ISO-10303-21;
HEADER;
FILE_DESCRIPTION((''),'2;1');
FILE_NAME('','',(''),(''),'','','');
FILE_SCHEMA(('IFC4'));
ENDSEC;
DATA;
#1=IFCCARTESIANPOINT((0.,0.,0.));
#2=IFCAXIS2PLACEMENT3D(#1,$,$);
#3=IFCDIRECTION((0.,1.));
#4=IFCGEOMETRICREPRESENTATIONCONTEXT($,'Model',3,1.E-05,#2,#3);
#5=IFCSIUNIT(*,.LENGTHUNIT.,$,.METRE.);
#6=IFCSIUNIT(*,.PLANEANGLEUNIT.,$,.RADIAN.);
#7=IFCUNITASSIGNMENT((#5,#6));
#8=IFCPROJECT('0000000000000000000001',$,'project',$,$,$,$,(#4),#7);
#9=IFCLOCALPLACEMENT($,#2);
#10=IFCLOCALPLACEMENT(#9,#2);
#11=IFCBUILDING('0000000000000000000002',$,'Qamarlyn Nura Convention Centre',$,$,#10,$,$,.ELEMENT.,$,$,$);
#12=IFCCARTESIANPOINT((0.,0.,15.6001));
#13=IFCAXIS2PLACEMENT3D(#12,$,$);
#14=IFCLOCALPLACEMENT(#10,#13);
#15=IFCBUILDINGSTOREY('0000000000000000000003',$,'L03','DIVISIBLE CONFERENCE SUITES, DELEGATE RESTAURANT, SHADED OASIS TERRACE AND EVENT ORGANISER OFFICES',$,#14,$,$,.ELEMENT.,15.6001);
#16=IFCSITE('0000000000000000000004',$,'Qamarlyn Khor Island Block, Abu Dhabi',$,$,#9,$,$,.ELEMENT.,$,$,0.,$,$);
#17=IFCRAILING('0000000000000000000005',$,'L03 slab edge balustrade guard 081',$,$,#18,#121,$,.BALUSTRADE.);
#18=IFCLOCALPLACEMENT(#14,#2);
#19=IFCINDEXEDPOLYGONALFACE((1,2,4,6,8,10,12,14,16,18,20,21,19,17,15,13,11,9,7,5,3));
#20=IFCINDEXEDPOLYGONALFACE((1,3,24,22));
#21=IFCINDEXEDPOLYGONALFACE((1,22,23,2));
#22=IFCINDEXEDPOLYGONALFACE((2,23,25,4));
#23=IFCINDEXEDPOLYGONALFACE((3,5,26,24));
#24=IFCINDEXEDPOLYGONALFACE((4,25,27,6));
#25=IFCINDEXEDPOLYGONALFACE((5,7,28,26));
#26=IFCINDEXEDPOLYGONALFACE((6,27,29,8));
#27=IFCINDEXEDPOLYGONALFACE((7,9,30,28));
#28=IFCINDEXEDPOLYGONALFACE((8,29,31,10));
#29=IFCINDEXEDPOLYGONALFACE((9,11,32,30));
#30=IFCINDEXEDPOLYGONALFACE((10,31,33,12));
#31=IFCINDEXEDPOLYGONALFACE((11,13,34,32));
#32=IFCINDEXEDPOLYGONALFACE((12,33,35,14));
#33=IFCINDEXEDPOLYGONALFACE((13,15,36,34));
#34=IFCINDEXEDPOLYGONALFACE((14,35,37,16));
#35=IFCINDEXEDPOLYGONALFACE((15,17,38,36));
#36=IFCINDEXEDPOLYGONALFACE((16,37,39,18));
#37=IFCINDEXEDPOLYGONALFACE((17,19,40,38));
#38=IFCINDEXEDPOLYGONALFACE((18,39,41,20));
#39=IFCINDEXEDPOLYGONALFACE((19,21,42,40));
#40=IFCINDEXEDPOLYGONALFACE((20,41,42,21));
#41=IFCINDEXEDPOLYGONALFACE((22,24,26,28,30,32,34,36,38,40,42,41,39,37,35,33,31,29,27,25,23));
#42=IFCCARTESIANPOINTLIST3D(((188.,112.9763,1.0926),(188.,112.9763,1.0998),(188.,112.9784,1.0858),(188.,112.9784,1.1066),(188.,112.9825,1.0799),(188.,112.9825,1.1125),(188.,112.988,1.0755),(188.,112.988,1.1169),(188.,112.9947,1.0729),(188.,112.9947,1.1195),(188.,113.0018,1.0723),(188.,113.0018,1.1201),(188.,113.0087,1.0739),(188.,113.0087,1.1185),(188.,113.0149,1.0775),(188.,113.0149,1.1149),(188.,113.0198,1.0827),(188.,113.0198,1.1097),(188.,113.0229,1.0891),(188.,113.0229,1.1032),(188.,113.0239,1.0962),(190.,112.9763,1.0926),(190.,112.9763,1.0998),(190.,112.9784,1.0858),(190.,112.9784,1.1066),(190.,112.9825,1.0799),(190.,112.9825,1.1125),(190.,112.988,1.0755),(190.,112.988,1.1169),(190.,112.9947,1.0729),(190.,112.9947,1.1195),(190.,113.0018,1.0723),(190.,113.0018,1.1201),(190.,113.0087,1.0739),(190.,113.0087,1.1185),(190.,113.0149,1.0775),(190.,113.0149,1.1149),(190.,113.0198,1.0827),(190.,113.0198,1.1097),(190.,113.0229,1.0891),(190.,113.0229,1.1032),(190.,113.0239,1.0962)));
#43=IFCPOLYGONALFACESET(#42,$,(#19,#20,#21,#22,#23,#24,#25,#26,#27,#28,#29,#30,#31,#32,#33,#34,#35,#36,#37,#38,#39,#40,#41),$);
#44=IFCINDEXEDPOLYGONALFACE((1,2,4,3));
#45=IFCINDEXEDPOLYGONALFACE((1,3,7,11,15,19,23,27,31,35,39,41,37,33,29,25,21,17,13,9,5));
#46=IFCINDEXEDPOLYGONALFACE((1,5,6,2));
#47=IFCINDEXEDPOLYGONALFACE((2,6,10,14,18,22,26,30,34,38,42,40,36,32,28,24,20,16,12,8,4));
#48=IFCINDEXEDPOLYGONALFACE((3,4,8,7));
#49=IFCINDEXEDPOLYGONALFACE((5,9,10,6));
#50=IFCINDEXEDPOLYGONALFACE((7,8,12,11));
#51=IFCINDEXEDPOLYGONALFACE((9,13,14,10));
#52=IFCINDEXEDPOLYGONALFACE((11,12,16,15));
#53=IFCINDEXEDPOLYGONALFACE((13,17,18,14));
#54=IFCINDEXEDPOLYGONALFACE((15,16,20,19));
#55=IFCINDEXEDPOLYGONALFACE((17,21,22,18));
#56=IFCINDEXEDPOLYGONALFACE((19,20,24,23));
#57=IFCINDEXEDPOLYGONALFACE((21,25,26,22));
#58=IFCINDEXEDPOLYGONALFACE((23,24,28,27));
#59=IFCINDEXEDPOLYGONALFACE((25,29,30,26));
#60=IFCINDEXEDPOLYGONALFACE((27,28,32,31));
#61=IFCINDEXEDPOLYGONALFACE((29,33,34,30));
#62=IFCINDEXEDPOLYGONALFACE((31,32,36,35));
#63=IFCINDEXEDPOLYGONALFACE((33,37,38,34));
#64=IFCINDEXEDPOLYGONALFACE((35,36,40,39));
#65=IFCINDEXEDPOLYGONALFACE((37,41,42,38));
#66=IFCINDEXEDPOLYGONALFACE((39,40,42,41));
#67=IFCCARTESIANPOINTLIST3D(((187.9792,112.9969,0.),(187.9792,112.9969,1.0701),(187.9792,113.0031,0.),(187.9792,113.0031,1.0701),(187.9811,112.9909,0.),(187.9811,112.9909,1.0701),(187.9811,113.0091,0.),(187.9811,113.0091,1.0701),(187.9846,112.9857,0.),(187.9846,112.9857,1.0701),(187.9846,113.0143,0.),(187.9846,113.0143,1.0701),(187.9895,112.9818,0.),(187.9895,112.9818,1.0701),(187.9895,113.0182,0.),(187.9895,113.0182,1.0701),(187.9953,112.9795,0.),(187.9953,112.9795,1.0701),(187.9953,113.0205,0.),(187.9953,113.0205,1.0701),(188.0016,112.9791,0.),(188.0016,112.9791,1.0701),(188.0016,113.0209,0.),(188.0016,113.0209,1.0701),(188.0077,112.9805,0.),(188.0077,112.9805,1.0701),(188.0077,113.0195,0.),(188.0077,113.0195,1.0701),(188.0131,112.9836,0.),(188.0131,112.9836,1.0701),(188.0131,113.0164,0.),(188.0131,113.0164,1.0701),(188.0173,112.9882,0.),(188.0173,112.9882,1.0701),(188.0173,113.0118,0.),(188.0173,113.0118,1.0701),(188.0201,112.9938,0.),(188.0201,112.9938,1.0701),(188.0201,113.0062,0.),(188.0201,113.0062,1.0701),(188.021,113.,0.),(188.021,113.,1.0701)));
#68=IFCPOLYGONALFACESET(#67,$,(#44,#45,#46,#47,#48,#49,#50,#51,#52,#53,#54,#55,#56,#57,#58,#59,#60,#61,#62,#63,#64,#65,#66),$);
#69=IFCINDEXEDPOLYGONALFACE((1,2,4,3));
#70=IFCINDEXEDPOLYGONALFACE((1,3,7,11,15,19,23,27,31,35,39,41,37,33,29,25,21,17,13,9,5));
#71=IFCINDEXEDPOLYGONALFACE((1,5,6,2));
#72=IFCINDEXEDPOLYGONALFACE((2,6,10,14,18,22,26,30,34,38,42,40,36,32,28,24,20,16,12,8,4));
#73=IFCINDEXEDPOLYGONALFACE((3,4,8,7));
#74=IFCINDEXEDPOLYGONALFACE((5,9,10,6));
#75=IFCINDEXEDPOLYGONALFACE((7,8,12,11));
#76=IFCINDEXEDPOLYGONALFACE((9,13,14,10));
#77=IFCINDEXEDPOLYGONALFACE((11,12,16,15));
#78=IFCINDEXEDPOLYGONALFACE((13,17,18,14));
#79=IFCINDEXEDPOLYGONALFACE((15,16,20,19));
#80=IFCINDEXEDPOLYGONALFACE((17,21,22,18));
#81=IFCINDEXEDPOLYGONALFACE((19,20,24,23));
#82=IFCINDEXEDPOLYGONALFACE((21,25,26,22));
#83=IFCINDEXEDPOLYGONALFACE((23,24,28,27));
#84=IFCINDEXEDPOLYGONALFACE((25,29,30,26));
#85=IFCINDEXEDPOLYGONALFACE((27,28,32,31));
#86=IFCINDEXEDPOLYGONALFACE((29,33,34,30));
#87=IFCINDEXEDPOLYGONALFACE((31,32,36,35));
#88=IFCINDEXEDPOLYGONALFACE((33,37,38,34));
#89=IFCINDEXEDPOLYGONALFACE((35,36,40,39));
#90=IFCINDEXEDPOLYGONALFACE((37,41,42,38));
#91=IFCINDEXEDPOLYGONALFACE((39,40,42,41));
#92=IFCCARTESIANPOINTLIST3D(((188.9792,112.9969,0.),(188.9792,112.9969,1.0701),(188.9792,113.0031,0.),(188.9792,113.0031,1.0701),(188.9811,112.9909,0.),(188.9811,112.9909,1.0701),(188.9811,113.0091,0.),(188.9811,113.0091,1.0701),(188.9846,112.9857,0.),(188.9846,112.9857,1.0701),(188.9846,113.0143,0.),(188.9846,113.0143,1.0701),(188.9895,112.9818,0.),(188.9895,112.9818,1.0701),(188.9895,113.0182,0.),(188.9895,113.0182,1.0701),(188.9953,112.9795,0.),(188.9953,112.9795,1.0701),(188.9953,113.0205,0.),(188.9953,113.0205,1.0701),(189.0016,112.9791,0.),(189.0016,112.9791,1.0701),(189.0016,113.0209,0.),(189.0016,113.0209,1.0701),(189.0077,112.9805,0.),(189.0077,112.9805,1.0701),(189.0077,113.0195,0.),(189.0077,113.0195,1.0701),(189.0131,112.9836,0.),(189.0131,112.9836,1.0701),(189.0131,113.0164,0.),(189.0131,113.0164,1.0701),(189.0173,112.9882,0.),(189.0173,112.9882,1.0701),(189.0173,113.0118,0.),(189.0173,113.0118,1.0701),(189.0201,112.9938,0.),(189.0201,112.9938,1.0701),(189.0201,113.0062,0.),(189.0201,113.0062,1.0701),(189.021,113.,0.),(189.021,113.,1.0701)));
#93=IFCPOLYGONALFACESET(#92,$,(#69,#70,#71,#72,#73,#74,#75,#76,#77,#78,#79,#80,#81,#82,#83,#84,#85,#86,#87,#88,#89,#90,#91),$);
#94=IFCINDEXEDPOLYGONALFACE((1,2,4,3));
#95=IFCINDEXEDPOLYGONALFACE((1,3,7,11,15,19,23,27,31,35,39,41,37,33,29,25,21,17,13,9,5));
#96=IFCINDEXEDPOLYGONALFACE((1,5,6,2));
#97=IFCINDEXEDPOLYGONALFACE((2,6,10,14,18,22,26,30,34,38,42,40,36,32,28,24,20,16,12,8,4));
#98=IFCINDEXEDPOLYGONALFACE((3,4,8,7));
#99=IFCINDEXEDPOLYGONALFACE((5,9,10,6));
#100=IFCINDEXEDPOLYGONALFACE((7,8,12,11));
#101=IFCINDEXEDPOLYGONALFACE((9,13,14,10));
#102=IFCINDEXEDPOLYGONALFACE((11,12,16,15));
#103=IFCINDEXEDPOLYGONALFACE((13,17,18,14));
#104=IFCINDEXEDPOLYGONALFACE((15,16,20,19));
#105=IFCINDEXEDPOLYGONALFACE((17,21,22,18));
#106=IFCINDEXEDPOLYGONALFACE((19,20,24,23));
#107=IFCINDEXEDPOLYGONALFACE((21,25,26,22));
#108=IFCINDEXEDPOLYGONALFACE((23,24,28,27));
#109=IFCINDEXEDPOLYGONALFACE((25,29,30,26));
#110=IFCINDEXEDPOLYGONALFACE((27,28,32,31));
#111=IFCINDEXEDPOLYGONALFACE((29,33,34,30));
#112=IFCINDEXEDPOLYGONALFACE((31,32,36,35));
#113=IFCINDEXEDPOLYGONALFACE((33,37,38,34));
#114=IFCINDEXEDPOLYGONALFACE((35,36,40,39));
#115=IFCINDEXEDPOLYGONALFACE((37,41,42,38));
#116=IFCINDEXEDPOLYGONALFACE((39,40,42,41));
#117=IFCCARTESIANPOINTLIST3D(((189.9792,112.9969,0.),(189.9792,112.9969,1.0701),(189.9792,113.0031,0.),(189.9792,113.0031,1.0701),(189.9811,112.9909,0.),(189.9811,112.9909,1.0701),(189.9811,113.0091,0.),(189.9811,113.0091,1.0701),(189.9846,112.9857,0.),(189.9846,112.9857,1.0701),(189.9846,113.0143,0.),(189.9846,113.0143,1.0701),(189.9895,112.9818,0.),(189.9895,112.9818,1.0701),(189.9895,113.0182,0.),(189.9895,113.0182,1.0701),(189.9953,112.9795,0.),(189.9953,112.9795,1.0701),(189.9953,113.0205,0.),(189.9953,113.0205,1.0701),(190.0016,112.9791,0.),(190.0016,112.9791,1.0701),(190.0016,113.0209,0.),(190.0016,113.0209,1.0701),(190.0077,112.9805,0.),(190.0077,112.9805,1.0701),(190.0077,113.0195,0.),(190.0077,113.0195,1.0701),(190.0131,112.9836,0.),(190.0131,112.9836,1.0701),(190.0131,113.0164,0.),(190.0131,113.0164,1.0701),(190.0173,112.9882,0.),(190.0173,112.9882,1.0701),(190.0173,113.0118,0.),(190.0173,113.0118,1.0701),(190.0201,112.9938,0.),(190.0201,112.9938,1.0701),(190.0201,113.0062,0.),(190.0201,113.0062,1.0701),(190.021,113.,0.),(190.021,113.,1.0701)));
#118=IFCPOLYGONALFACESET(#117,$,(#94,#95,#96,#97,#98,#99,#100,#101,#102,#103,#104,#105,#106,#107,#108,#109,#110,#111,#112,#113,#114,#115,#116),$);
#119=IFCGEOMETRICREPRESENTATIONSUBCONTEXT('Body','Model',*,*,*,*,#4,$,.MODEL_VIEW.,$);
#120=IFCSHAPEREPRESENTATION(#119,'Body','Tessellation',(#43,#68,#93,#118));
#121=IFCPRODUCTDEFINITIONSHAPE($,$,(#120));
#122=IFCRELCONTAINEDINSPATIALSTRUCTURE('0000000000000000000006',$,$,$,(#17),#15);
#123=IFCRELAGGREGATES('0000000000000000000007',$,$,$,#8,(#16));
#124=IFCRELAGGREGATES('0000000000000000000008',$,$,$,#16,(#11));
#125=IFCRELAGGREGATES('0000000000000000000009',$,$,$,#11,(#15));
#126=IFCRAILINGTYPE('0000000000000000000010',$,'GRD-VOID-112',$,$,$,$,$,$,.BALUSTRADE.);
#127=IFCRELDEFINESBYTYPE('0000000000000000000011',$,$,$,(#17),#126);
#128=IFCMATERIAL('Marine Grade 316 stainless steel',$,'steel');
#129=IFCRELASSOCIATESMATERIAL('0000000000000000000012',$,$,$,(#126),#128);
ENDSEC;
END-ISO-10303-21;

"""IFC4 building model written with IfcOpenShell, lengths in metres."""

from ifc_helpers import new_model, si_unit, direction, frame, origin, origin_2d, place, context, subcontext, project, spatial, circle, extrude, material, type_object, element, save


model = new_model("IFC4")

# Units and contexts
model_context = context("Model", 3, precision=1e-05, world=origin(), true_north=direction((0.0, 1.0)))
body_context = subcontext(model_context, "Body", "Model", "MODEL_VIEW")
ifc_project = project(units=[si_unit("LENGTHUNIT", "METRE"), si_unit("PLANEANGLEUNIT", "RADIAN")], contexts=[model_context])

# Site, building, storey
site_placement = place(None, origin())
site = spatial("IfcSite", under=ifc_project, at=site_placement, Name="Qamarlyn Khor Island Block, Abu Dhabi", CompositionType="ELEMENT", RefElevation=0.0)
building_placement = place(site_placement, origin())
building = spatial("IfcBuilding", under=site, at=building_placement, Name="Qamarlyn Nura Convention Centre", CompositionType="ELEMENT")
storey_placement = place(building_placement, frame((0.0, 0.0, 15.6001)))
storey = spatial("IfcBuildingStorey", under=building, at=storey_placement, Name="L03", Description="DIVISIBLE CONFERENCE SUITES, DELEGATE RESTAURANT, SHADED OASIS TERRACE AND EVENT ORGANISER OFFICES", CompositionType="ELEMENT", Elevation=15.6001)

# Railing
ifc_material_1 = material(Name="Marine Grade 316 stainless steel", Category="steel")
railing_type = type_object("IfcRailingType", Name="GRD-VOID-112", PredefinedType="BALUSTRADE", material=ifc_material_1)
railing_1_placement = place(storey_placement, frame((188.0, 113.0, 0.0)))
element("IfcRailing", 1, at=railing_1_placement, inside=storey, type_object=railing_type, Name="L03 slab edge balustrade guard 081", PredefinedType="BALUSTRADE", context=body_context, shape_type="SweptSolid", body=[
    extrude(circle(Radius=0.0239, at=origin_2d()), frame((0.0, 0.0, 1.0962), z_axis=(1.0, 0.0, 0.0), x_axis=(0.0, 1.0, 0.0)), (0.0, 0.0, 1.0), 2.0),
    extrude(circle(Radius=0.021, at=origin_2d()), origin(), (0.0, 0.0, 1.0), 1.0701),
    extrude(circle(Radius=0.021, at=origin_2d()), frame((1.0, 0.0, 0.0)), (0.0, 0.0, 1.0), 1.0701),
    extrude(circle(Radius=0.021, at=origin_2d()), frame((2.0, 0.0, 0.0)), (0.0, 0.0, 1.0), 1.0701),
])

save(model, "model.ifc")
